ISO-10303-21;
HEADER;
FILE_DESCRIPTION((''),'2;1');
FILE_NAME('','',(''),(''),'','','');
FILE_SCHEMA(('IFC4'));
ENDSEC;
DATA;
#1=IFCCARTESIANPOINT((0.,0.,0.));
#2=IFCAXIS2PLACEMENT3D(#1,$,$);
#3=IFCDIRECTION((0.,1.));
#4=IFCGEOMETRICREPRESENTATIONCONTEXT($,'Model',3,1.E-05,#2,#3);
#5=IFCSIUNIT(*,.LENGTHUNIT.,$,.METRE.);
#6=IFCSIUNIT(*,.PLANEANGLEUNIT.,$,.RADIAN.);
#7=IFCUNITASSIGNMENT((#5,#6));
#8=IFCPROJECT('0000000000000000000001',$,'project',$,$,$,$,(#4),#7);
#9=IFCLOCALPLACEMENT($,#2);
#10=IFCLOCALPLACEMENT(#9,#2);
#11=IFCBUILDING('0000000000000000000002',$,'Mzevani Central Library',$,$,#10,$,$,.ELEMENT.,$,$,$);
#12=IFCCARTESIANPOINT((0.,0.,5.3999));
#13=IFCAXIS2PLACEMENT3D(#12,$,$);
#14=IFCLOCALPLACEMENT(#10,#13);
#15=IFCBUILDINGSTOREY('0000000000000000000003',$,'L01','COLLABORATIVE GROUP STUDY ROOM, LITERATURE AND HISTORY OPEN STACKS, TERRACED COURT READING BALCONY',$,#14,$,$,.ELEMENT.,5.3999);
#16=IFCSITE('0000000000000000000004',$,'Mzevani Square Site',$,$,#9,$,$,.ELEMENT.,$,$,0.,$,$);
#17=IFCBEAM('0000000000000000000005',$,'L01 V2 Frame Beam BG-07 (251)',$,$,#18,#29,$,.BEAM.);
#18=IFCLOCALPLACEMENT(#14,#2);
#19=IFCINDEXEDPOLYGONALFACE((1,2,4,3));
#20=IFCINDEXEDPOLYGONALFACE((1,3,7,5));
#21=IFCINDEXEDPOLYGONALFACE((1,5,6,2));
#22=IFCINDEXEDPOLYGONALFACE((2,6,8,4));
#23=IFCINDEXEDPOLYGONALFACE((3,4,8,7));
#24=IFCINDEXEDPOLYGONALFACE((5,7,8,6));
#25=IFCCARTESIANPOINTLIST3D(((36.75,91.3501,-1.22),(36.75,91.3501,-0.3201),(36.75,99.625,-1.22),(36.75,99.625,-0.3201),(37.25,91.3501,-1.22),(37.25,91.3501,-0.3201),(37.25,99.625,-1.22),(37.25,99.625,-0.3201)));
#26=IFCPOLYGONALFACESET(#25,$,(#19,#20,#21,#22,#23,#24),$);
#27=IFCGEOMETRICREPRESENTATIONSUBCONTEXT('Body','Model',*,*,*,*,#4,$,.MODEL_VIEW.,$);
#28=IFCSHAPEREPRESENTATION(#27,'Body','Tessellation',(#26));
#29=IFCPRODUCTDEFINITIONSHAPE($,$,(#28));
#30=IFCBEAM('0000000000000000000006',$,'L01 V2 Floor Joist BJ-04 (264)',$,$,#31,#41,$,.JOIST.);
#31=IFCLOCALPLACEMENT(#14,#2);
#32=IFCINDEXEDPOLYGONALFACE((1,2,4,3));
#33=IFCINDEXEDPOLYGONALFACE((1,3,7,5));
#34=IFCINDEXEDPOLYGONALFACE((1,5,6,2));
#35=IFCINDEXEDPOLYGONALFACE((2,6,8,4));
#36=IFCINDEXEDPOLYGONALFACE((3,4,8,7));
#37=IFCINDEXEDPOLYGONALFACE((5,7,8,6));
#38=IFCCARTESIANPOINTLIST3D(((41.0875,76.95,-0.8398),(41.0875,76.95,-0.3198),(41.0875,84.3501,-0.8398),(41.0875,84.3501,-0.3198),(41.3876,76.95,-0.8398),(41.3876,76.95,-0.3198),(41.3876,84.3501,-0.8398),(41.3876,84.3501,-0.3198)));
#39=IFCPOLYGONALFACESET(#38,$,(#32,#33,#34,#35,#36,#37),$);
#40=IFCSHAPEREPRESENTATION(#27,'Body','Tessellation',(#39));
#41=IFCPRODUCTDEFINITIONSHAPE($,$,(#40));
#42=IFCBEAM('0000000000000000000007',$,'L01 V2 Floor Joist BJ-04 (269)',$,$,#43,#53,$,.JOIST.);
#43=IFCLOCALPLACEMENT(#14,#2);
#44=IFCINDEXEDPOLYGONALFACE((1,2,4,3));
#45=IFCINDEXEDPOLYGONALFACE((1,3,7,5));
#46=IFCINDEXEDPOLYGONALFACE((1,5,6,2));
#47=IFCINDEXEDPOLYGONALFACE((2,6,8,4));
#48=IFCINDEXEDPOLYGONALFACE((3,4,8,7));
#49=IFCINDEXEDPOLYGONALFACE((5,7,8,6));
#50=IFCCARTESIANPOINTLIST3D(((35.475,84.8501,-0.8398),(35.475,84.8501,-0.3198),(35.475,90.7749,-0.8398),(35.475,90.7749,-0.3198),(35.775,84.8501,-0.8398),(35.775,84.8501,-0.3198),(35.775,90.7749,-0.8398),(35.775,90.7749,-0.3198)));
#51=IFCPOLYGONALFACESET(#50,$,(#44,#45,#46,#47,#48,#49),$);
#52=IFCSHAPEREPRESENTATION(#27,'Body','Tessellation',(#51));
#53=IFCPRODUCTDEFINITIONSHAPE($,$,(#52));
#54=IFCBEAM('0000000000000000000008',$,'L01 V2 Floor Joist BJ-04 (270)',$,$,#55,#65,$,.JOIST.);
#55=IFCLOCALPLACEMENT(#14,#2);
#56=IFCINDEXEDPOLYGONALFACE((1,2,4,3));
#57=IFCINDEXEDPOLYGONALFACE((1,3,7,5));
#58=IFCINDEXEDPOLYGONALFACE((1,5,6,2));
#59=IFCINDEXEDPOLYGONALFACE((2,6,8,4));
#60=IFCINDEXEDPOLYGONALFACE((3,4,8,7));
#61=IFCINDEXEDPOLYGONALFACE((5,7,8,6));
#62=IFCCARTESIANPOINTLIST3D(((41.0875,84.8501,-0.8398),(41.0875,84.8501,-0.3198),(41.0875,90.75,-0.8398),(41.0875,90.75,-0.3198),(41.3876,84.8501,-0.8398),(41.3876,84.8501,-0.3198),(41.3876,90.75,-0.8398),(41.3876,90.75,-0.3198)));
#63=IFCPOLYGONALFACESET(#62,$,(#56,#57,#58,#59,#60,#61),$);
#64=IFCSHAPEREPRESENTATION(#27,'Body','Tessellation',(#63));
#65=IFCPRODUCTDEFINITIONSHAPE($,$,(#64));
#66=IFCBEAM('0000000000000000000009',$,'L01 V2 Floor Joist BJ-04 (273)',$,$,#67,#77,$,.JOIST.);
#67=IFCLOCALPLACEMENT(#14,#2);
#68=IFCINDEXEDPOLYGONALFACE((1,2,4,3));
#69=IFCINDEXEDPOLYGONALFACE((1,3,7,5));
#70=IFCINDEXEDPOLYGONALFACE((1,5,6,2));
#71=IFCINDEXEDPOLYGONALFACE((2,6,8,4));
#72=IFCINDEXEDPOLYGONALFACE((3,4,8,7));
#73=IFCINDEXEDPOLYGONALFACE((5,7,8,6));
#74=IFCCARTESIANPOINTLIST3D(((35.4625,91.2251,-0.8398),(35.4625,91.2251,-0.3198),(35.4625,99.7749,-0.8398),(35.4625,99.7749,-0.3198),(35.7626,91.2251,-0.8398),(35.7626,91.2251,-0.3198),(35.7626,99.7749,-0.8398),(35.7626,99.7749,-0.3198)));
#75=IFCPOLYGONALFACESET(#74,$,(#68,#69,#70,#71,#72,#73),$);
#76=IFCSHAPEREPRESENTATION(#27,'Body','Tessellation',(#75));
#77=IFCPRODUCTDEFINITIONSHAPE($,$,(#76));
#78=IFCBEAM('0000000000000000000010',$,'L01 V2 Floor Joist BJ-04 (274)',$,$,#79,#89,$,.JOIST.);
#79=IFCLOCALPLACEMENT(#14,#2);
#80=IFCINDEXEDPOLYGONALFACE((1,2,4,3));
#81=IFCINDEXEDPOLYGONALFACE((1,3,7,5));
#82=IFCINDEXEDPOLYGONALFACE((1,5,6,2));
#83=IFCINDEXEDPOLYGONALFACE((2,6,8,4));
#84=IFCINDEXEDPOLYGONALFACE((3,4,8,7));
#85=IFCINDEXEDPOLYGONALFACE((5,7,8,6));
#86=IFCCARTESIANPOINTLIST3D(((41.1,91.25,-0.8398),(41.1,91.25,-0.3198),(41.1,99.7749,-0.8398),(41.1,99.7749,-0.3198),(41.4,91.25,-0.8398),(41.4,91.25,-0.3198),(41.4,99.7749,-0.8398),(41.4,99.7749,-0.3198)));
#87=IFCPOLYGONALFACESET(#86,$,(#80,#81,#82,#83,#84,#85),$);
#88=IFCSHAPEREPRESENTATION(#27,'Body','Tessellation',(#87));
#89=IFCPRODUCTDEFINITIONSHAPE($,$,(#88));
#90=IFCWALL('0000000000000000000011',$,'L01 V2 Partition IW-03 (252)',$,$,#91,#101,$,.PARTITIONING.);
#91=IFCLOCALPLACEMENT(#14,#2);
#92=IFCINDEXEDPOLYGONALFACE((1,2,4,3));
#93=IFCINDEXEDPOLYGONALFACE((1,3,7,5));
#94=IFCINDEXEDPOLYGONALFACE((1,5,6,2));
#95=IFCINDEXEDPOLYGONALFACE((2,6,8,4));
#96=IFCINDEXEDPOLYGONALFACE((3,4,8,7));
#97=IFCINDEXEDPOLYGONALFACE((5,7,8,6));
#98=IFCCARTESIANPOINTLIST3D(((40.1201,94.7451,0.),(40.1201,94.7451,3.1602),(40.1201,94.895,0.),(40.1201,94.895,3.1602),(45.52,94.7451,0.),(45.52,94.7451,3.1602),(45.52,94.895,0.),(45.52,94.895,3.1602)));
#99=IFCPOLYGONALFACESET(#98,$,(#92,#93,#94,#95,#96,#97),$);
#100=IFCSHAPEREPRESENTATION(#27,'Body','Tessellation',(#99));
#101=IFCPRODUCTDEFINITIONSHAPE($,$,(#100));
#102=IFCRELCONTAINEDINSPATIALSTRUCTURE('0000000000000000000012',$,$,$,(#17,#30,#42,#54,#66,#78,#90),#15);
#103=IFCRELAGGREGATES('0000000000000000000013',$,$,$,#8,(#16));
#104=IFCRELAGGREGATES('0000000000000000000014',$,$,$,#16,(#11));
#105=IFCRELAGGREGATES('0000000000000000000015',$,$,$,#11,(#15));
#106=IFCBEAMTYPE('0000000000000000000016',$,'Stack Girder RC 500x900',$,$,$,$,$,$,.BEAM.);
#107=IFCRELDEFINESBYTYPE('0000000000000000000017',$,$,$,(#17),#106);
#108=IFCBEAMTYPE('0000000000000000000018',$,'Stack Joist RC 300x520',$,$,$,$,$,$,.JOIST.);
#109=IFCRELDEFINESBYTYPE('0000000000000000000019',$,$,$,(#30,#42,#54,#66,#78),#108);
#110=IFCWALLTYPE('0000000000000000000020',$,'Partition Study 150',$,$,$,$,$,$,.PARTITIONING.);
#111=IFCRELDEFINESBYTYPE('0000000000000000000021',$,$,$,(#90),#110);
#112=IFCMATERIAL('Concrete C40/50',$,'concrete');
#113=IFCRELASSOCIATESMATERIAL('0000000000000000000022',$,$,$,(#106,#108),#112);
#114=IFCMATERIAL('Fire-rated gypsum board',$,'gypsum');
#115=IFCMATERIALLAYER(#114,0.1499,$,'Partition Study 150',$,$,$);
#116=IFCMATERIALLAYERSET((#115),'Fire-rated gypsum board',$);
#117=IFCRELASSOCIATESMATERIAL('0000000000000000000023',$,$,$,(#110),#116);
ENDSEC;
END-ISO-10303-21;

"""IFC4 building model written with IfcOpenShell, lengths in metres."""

from ifc_helpers import new_model, si_unit, direction, frame, frame_2d, origin, origin_2d, place, context, subcontext, project, spatial, rectangle, extrude, material, layer, layer_set, material_profile, profile_set, type_object, element, save


model = new_model("IFC4")

# Units and contexts
model_context = context("Model", 3, precision=1e-05, world=origin(), true_north=direction((0.0, 1.0)))
body_context = subcontext(model_context, "Body", "Model", "MODEL_VIEW")
ifc_project = project(units=[si_unit("LENGTHUNIT", "METRE"), si_unit("PLANEANGLEUNIT", "RADIAN")], contexts=[model_context])

# Site, building, storey
site_placement = place(None, origin())
site = spatial("IfcSite", under=ifc_project, at=site_placement, Name="Mzevani Square Site", CompositionType="ELEMENT", RefElevation=0.0)
building_placement = place(site_placement, origin())
building = spatial("IfcBuilding", under=site, at=building_placement, Name="Mzevani Central Library", CompositionType="ELEMENT")
storey_placement = place(building_placement, frame((0.0, 0.0, 5.3999)))
storey = spatial("IfcBuildingStorey", under=building, at=storey_placement, Name="L01", Description="COLLABORATIVE GROUP STUDY ROOM, LITERATURE AND HISTORY OPEN STACKS, TERRACED COURT READING BALCONY", CompositionType="ELEMENT", Elevation=5.3999)

# Shared definitions
ifc_material_1 = material(Name="Concrete C40/50", Category="concrete")

# Beams
ifc_material_profile_1 = material_profile(ifc_material_1, rectangle(XDim=0.5, YDim=0.8999, at=origin_2d()), Name="RC B500x900")
ifc_profile_set_1 = profile_set([ifc_material_profile_1], Name="Concrete C40/50")
beam_type_1 = type_object("IfcBeamType", Name="Stack Girder RC 500x900", PredefinedType="BEAM", material=ifc_profile_set_1)
beam_1_placement = place(storey_placement, frame((37.0, 91.3501, -0.77), z_axis=(0.0, 1.0, 0.0), x_axis=(-1.0, 0.0, 0.0)))
element("IfcBeam", 1, at=beam_1_placement, inside=storey, type_object=beam_type_1, Name="L01 V2 Frame Beam BG-07 (251)", PredefinedType="BEAM", context=body_context, shape_type="SweptSolid", body=[
    extrude(rectangle(XDim=0.5, YDim=0.8999, at=origin_2d()), origin(), (0.0, 0.0, 1.0), 8.2749),
])
ifc_material_profile_2 = material_profile(ifc_material_1, rectangle(XDim=0.3, YDim=0.52, at=origin_2d()), Name="RC J300x520")
ifc_profile_set_2 = profile_set([ifc_material_profile_2], Name="Concrete C40/50")
beam_type_2 = type_object("IfcBeamType", Name="Stack Joist RC 300x520", PredefinedType="JOIST", material=ifc_profile_set_2)
beam_2_placement = place(storey_placement, frame((41.2375, 76.95, -0.5798), z_axis=(0.0, 1.0, 0.0), x_axis=(-1.0, 0.0, 0.0)))
element("IfcBeam", 2, at=beam_2_placement, inside=storey, type_object=beam_type_2, Name="L01 V2 Floor Joist BJ-04 (264)", PredefinedType="JOIST", context=body_context, shape_type="SweptSolid", body=[
    extrude(rectangle(XDim=0.3, YDim=0.52, at=origin_2d()), origin(), (0.0, 0.0, 1.0), 7.4001),
])
beam_3_placement = place(storey_placement, frame((35.625, 84.8501, -0.5798), z_axis=(0.0, 1.0, 0.0), x_axis=(-1.0, 0.0, 0.0)))
element("IfcBeam", 3, at=beam_3_placement, inside=storey, type_object=beam_type_2, Name="L01 V2 Floor Joist BJ-04 (269)", PredefinedType="JOIST", context=body_context, shape_type="SweptSolid", body=[
    extrude(rectangle(XDim=0.3, YDim=0.52, at=origin_2d()), origin(), (0.0, 0.0, 1.0), 5.9248),
])
beam_4_placement = place(storey_placement, frame((41.2375, 84.8501, -0.5798), z_axis=(0.0, 1.0, 0.0), x_axis=(-1.0, 0.0, 0.0)))
element("IfcBeam", 4, at=beam_4_placement, inside=storey, type_object=beam_type_2, Name="L01 V2 Floor Joist BJ-04 (270)", PredefinedType="JOIST", context=body_context, shape_type="SweptSolid", body=[
    extrude(rectangle(XDim=0.3, YDim=0.52, at=origin_2d()), origin(), (0.0, 0.0, 1.0), 5.8999),
])
beam_5_placement = place(storey_placement, frame((35.6125, 91.2251, -0.5798), z_axis=(0.0, 1.0, 0.0), x_axis=(-1.0, 0.0, 0.0)))
element("IfcBeam", 5, at=beam_5_placement, inside=storey, type_object=beam_type_2, Name="L01 V2 Floor Joist BJ-04 (273)", PredefinedType="JOIST", context=body_context, shape_type="SweptSolid", body=[
    extrude(rectangle(XDim=0.3, YDim=0.52, at=origin_2d()), origin(), (0.0, 0.0, 1.0), 8.5498),
])
beam_6_placement = place(storey_placement, frame((41.25, 91.25, -0.5798), z_axis=(0.0, 1.0, 0.0), x_axis=(-1.0, 0.0, 0.0)))
element("IfcBeam", 6, at=beam_6_placement, inside=storey, type_object=beam_type_2, Name="L01 V2 Floor Joist BJ-04 (274)", PredefinedType="JOIST", context=body_context, shape_type="SweptSolid", body=[
    extrude(rectangle(XDim=0.3, YDim=0.52, at=origin_2d()), origin(), (0.0, 0.0, 1.0), 8.5249),
])

# Wall
ifc_material_2 = material(Name="Fire-rated gypsum board", Category="gypsum")
ifc_layer = layer(ifc_material_2, 0.1499, Name="Partition Study 150")
ifc_layer_set = layer_set([ifc_layer], Name="Fire-rated gypsum board")
wall_type = type_object("IfcWallType", Name="Partition Study 150", PredefinedType="PARTITIONING", material=ifc_layer_set)
wall_placement = place(storey_placement, frame((40.1201, 94.8201, 0.0), z_axis=(0.0, 0.0, 1.0), x_axis=(1.0, 0.0, 0.0)))
element("IfcWall", 7, at=wall_placement, inside=storey, type_object=wall_type, Name="L01 V2 Partition IW-03 (252)", PredefinedType="PARTITIONING", context=body_context, shape_type="SweptSolid", body=[
    extrude(rectangle(XDim=5.3999, YDim=0.1499, at=frame_2d((2.7, 0.0))), origin(), (0.0, 0.0, 1.0), 3.1602),
])

save(model, "model.ifc")
